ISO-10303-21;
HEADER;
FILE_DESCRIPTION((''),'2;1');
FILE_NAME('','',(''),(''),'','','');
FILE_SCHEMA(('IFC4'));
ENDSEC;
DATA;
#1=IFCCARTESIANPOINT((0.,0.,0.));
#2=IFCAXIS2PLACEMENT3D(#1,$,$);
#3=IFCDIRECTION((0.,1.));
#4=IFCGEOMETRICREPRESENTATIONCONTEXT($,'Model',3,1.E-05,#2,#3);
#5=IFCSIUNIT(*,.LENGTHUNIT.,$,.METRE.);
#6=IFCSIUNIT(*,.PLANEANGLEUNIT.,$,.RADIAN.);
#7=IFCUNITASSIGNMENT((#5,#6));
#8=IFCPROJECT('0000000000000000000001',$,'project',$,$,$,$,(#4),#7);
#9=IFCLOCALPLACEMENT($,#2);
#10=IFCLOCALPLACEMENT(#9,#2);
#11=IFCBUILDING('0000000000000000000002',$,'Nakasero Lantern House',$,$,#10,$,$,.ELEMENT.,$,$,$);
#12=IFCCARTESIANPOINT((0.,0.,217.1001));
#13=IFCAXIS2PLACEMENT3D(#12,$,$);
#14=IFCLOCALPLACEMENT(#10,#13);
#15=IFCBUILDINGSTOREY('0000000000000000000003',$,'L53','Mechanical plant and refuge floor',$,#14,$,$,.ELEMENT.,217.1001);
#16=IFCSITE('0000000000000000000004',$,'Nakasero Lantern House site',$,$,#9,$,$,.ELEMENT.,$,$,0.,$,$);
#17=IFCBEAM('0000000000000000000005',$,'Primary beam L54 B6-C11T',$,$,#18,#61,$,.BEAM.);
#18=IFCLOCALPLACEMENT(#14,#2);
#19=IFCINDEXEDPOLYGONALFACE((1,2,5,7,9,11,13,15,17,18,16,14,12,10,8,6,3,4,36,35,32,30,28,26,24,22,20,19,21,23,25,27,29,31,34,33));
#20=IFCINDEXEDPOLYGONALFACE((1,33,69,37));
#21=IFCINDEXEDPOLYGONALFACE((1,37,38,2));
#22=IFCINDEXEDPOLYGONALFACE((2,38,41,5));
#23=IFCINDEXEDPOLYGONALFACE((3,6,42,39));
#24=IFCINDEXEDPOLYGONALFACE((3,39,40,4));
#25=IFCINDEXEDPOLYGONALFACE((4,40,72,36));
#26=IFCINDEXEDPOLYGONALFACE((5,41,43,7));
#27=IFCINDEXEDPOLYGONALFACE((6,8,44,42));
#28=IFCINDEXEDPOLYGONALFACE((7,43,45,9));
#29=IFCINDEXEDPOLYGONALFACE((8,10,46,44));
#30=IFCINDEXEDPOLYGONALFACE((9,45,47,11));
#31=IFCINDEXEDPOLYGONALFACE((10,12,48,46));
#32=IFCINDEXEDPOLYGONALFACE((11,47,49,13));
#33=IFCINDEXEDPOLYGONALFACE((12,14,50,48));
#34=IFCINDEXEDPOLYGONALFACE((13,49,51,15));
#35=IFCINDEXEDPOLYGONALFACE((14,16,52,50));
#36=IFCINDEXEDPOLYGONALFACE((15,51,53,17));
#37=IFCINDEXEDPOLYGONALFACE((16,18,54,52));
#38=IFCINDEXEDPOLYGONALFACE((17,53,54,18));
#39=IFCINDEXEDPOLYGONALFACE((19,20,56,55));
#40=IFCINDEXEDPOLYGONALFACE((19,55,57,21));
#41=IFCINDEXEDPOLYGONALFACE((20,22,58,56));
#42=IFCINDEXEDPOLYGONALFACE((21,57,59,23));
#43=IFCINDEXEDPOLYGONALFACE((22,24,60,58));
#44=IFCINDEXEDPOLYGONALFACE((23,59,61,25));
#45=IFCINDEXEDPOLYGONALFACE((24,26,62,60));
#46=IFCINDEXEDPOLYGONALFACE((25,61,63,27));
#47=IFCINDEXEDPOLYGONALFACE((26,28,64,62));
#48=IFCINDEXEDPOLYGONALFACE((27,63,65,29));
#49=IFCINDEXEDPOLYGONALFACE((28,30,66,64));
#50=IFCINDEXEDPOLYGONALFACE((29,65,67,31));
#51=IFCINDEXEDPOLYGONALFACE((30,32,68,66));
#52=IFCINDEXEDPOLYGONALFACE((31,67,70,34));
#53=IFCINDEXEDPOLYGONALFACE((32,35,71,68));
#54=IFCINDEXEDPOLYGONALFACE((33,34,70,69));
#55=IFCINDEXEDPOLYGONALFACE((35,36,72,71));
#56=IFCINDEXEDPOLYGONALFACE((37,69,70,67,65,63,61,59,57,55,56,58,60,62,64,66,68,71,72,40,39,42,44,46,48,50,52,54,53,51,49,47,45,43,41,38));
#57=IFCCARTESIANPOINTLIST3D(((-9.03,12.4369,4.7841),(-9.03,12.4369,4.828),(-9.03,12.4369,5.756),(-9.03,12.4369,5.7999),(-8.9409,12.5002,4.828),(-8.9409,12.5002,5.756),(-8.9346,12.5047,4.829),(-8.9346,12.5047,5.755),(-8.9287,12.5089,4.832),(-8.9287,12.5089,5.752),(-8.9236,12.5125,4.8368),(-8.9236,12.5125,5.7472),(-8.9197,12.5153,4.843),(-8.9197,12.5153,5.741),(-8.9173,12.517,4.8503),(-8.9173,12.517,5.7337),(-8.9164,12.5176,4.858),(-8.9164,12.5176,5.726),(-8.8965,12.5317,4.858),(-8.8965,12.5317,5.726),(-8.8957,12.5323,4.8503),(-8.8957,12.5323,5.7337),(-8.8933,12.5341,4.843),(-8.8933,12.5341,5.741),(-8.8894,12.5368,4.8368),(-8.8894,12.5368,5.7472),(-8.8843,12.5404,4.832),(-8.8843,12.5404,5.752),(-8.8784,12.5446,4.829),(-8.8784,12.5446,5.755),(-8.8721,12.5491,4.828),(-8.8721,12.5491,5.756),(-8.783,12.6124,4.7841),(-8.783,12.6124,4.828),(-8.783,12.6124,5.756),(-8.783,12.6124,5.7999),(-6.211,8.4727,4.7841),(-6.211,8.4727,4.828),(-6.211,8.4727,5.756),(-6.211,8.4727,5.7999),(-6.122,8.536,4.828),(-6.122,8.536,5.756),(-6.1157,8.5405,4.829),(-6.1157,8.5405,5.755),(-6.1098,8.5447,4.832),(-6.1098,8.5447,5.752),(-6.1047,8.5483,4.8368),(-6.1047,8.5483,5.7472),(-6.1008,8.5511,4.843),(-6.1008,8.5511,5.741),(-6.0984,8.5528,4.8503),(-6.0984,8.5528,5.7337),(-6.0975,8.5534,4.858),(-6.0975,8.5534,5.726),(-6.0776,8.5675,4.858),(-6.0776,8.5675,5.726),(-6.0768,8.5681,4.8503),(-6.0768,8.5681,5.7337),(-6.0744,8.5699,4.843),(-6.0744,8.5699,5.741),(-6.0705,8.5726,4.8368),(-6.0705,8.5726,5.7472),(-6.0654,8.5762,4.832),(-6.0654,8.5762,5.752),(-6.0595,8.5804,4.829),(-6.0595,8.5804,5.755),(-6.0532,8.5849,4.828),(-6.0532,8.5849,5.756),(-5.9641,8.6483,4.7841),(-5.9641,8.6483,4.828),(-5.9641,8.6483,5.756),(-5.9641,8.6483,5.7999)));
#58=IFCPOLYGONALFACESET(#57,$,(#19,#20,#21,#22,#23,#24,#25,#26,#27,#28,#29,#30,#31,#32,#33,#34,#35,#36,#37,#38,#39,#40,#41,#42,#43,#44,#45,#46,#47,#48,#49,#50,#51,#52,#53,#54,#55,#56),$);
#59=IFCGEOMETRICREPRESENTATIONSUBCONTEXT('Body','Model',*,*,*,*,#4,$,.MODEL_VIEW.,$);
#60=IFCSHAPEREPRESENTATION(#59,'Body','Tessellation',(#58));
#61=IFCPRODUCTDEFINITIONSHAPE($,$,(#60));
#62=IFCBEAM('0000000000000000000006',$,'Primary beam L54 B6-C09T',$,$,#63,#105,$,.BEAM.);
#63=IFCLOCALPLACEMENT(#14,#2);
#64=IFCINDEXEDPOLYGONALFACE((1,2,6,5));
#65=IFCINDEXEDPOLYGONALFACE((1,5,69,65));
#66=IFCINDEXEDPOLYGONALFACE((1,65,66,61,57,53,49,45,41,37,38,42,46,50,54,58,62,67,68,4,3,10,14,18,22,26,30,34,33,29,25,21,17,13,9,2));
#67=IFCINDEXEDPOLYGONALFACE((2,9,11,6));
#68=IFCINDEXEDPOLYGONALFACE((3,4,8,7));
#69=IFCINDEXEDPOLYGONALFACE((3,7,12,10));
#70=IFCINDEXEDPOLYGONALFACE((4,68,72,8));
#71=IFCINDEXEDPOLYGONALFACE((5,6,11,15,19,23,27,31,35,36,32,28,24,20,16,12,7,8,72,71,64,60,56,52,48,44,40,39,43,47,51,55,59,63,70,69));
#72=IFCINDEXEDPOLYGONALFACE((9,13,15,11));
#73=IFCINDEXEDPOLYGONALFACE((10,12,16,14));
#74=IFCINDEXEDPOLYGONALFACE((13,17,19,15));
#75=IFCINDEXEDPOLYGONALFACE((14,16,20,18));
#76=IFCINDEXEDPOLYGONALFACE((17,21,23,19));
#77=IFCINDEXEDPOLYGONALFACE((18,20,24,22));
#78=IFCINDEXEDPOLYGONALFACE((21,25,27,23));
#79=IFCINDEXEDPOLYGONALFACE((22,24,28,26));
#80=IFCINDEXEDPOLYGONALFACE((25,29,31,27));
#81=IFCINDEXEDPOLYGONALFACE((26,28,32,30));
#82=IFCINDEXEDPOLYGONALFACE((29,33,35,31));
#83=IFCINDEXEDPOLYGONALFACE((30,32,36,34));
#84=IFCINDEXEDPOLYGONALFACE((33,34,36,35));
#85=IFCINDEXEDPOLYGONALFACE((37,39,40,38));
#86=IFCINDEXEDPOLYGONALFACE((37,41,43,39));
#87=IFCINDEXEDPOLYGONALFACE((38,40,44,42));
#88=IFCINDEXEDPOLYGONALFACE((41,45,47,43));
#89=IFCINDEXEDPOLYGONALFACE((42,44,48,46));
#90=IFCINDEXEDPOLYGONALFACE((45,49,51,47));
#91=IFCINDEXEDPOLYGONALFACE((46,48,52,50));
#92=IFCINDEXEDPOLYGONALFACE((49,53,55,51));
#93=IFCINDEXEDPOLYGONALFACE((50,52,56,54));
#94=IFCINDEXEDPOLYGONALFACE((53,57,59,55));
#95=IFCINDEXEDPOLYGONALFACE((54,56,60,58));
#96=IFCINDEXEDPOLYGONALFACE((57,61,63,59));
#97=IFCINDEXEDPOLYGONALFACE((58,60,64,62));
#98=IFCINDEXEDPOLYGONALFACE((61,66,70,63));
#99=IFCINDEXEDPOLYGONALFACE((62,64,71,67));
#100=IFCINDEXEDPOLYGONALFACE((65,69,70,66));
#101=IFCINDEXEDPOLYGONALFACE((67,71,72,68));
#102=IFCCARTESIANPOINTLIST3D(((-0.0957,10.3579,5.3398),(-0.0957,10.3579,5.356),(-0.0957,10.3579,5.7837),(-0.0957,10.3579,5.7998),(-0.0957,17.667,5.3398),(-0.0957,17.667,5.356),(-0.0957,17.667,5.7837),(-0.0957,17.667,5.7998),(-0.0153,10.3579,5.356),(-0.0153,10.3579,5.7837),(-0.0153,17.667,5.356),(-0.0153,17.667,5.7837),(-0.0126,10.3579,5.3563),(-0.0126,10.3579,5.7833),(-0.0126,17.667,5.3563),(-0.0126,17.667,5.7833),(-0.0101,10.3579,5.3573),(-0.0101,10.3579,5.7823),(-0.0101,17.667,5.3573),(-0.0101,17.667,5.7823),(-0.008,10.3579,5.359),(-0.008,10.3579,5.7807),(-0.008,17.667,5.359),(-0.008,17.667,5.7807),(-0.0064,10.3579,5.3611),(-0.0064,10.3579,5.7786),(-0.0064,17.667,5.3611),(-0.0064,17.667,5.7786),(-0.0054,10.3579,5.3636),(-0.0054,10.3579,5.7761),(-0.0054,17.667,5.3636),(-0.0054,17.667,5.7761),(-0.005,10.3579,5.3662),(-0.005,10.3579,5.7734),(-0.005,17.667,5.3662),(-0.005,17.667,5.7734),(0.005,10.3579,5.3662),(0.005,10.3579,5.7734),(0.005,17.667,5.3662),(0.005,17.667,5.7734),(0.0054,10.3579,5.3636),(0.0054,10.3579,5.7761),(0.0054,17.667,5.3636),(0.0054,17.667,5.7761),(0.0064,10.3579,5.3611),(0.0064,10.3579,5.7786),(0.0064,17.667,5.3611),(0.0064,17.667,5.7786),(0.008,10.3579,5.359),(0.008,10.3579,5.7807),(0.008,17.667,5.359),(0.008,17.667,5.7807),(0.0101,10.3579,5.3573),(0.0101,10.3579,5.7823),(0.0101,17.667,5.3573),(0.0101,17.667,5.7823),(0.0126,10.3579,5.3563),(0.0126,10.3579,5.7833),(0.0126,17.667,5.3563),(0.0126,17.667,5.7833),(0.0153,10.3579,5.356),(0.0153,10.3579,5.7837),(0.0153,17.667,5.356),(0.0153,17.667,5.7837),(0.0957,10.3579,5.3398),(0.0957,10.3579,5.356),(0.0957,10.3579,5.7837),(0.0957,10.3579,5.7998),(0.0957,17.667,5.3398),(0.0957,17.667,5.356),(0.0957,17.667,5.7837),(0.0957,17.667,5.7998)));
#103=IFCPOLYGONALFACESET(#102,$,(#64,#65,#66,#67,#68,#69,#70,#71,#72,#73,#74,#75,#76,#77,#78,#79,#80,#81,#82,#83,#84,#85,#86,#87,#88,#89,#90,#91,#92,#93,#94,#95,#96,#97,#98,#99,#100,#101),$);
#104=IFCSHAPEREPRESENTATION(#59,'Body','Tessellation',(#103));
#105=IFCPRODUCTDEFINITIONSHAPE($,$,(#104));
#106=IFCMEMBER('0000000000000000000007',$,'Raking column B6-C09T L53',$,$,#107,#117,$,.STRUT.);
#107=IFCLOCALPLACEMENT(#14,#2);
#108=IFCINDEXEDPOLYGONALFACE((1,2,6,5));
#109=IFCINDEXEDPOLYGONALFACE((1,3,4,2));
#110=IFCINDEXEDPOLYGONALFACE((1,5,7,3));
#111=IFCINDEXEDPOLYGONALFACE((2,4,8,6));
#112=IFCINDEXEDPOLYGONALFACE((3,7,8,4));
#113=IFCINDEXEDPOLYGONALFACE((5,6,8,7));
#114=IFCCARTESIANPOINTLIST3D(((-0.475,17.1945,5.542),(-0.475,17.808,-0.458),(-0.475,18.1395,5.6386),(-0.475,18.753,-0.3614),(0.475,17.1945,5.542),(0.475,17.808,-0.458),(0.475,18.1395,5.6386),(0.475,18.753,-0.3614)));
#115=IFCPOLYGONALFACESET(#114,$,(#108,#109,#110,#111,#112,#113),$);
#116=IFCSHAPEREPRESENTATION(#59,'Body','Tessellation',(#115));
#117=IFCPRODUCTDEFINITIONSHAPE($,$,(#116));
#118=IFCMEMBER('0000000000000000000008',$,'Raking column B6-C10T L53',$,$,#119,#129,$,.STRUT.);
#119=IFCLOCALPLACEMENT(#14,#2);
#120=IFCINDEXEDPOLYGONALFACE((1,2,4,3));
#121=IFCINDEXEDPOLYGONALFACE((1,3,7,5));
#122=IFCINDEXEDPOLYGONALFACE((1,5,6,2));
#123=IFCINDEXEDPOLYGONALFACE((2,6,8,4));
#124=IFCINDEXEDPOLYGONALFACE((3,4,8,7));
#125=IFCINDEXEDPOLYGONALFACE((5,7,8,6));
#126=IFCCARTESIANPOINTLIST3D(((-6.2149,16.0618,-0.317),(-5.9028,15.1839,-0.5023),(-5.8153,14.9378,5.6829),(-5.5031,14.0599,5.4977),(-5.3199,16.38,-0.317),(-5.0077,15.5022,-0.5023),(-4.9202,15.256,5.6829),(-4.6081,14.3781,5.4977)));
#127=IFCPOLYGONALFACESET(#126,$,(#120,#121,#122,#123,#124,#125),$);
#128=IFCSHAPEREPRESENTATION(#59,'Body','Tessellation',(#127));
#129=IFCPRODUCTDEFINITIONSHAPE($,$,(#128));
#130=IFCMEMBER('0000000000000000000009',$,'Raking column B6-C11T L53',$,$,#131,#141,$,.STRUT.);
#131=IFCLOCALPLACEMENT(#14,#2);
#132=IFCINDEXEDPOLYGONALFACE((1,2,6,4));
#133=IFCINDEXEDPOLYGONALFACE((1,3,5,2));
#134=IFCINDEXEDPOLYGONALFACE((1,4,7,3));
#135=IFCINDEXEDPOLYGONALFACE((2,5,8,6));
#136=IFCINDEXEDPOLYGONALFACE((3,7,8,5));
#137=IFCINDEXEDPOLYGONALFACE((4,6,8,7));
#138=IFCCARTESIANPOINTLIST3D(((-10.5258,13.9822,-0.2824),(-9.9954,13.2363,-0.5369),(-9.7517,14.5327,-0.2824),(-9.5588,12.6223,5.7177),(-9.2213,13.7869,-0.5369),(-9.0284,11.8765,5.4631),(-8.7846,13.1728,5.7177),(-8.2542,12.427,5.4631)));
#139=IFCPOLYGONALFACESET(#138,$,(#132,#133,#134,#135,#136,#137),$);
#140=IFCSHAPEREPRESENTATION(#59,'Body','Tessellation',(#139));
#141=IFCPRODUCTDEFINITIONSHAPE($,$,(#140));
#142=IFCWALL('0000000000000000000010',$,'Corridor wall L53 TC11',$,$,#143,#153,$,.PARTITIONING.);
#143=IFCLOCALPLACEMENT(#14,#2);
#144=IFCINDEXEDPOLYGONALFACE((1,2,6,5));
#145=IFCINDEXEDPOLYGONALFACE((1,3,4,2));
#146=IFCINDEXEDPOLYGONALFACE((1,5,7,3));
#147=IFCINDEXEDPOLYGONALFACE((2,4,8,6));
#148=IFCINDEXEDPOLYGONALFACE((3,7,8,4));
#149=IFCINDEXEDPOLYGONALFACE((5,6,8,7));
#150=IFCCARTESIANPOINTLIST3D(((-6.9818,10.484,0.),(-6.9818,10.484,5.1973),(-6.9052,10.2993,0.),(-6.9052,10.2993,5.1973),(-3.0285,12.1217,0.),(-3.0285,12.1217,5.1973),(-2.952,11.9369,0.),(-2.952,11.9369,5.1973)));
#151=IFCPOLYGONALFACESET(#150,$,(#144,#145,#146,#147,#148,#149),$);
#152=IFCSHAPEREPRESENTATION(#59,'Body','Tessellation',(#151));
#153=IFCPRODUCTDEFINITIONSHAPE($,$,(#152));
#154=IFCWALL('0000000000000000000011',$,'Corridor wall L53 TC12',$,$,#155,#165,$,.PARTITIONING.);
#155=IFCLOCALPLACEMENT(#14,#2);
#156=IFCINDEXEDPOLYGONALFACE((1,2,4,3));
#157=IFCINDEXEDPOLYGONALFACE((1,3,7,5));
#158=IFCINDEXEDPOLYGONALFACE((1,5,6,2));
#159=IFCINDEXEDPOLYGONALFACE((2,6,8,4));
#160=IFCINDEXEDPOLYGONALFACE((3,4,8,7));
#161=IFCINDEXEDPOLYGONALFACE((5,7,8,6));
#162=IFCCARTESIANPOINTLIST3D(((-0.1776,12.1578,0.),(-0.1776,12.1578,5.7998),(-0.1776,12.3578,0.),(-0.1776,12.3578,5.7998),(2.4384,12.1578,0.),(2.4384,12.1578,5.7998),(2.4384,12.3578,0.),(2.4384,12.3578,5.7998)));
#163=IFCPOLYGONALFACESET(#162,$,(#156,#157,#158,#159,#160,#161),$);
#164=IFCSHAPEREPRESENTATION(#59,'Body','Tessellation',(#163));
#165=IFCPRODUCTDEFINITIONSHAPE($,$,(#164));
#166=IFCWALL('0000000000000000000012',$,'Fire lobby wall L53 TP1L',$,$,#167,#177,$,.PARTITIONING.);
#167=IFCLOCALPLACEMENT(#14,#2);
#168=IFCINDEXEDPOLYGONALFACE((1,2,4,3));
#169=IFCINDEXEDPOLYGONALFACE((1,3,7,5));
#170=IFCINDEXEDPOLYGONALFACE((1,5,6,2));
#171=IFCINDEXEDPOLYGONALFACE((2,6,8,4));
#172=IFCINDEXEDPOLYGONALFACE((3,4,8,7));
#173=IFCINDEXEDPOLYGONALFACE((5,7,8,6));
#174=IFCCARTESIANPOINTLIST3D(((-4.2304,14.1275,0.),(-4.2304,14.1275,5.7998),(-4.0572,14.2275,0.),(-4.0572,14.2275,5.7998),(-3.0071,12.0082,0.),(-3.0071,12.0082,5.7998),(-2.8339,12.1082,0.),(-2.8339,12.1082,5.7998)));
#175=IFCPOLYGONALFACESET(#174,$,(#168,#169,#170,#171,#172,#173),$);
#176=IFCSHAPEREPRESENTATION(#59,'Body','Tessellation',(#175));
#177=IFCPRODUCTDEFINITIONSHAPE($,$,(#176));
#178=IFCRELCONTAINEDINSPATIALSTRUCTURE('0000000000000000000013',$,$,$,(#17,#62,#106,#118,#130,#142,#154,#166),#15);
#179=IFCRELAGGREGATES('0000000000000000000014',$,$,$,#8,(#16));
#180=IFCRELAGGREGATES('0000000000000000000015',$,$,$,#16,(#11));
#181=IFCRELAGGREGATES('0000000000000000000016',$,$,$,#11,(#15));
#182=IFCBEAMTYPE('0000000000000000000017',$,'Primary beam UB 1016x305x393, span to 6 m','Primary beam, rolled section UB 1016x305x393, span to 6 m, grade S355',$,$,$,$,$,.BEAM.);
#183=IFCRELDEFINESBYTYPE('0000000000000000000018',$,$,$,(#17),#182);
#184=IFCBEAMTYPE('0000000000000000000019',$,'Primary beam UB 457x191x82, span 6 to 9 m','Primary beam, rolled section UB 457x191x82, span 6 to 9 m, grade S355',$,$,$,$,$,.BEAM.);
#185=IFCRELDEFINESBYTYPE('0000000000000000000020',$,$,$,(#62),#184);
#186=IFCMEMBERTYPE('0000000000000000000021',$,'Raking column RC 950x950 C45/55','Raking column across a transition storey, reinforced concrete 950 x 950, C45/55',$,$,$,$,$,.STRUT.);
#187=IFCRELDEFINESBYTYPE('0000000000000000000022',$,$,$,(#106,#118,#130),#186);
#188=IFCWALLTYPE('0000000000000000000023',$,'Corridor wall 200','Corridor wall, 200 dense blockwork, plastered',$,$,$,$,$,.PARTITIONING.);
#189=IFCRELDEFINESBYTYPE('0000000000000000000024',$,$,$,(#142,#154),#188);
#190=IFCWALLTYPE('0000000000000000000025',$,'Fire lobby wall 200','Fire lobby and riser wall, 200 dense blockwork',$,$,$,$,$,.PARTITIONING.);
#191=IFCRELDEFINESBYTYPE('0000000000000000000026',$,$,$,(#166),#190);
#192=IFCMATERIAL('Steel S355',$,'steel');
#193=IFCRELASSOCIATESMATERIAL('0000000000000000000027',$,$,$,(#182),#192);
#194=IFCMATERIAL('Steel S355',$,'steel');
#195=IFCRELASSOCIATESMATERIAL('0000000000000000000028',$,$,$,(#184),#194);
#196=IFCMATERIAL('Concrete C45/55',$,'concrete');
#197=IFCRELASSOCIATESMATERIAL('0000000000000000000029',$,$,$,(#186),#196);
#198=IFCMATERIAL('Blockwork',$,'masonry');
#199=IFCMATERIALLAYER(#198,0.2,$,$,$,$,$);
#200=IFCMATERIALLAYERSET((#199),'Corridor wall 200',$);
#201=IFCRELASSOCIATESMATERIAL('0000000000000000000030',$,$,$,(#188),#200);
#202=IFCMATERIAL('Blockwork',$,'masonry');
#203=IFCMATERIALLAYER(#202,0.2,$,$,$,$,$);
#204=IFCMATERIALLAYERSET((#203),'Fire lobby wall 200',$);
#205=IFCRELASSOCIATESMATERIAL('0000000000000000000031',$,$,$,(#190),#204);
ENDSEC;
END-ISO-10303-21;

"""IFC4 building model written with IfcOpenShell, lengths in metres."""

from ifc_helpers import new_model, si_unit, direction, frame, frame_2d, origin, origin_2d, place, context, subcontext, project, spatial, rectangle, i_section, extrude, material, layer, layer_set, material_profile, profile_set, type_object, element, save


model = new_model("IFC4")

# Units and contexts
model_context = context("Model", 3, precision=1e-05, world=origin(), true_north=direction((0.0, 1.0)))
body_context = subcontext(model_context, "Body", "Model", "MODEL_VIEW")
ifc_project = project(units=[si_unit("LENGTHUNIT", "METRE"), si_unit("PLANEANGLEUNIT", "RADIAN")], contexts=[model_context])

# Site, building, storey
site_placement = place(None, origin())
site = spatial("IfcSite", under=ifc_project, at=site_placement, Name="Nakasero Lantern House site", CompositionType="ELEMENT", RefElevation=0.0)
building_placement = place(site_placement, origin())
building = spatial("IfcBuilding", under=site, at=building_placement, Name="Nakasero Lantern House", CompositionType="ELEMENT")
storey_placement = place(building_placement, frame((0.0, 0.0, 217.1001)))
storey = spatial("IfcBuildingStorey", under=building, at=storey_placement, Name="L53", Description="Mechanical plant and refuge floor", CompositionType="ELEMENT", Elevation=217.1001)

# Beams
ifc_material_1 = material(Name="Steel S355", Category="steel")
ifc_material_profile_1 = material_profile(ifc_material_1, i_section(OverallWidth=0.303, OverallDepth=1.0159, WebThickness=0.0244, FlangeThickness=0.0439, FilletRadius=0.03, at=origin_2d()), Name="UB 1016x305x393")
ifc_profile_set_1 = profile_set([ifc_material_profile_1], Name="Steel S355")
beam_type_1 = type_object("IfcBeamType", Name="Primary beam UB 1016x305x393, span to 6 m", Description="Primary beam, rolled section UB 1016x305x393, span to 6 m, grade S355", PredefinedType="BEAM", material=ifc_profile_set_1)
beam_1_placement = place(storey_placement, frame((-8.9065, 12.5247, 5.292), z_axis=(0.579513, -0.814963, 0.0), x_axis=(0.814963, 0.579513, 0.0)))
element("IfcBeam", 1, at=beam_1_placement, inside=storey, type_object=beam_type_1, Name="Primary beam L54 B6-C11T", PredefinedType="BEAM", context=body_context, shape_type="SweptSolid", body=[
    extrude(i_section(OverallWidth=0.303, OverallDepth=1.0159, WebThickness=0.0244, FlangeThickness=0.0439, FilletRadius=0.03, at=origin_2d()), origin(), (0.0, 0.0, 1.0), 4.8643),
])
ifc_material_2 = material(Name="Steel S355", Category="steel")
ifc_material_profile_2 = material_profile(ifc_material_2, i_section(OverallWidth=0.1914, OverallDepth=0.46, WebThickness=0.01, FlangeThickness=0.0161, FilletRadius=0.0103, at=origin_2d()), Name="UB 457x191x82")
ifc_profile_set_2 = profile_set([ifc_material_profile_2], Name="Steel S355")
beam_type_2 = type_object("IfcBeamType", Name="Primary beam UB 457x191x82, span 6 to 9 m", Description="Primary beam, rolled section UB 457x191x82, span 6 to 9 m, grade S355", PredefinedType="BEAM", material=ifc_profile_set_2)
beam_2_placement = place(storey_placement, frame((0.0, 17.667, 5.5698), z_axis=(0.0, -1.0, 0.0), x_axis=(1.0, 0.0, 0.0)))
element("IfcBeam", 2, at=beam_2_placement, inside=storey, type_object=beam_type_2, Name="Primary beam L54 B6-C09T", PredefinedType="BEAM", context=body_context, shape_type="SweptSolid", body=[
    extrude(i_section(OverallWidth=0.1914, OverallDepth=0.46, WebThickness=0.01, FlangeThickness=0.0161, FilletRadius=0.0103, at=origin_2d()), origin(), (0.0, 0.0, 1.0), 7.3091),
])

# Members
ifc_material_3 = material(Name="Concrete C45/55", Category="concrete")
ifc_material_profile_3 = material_profile(ifc_material_3, rectangle(XDim=0.95, YDim=0.95, at=origin_2d()), Name="RC 950x950")
ifc_profile_set_3 = profile_set([ifc_material_profile_3], Name="Concrete C45/55")
member_type_1 = type_object("IfcMemberType", Name="Raking column RC 950x950 C45/55", Description="Raking column across a transition storey, reinforced concrete 950 x 950, C45/55", PredefinedType="STRUT", material=ifc_profile_set_3)
member_1_placement = place(storey_placement, frame((0.0, 18.2805, -0.4097), z_axis=(0.0, -0.101724, 0.994813), x_axis=(1.0, 0.0, 0.0)))
element("IfcMember", 3, at=member_1_placement, inside=storey, type_object=member_type_1, Name="Raking column B6-C09T L53", PredefinedType="STRUT", context=body_context, shape_type="SweptSolid", body=[
    extrude(rectangle(XDim=0.95, YDim=0.95, at=origin_2d()), origin(), (0.0, 0.0, 1.0), 6.0312),
])
member_2_placement = place(storey_placement, frame((-5.6113, 15.782, -0.4097), z_axis=(0.065331, -0.183741, 0.980801), x_axis=(0.942213, 0.335014, 0.0)))
element("IfcMember", 4, at=member_2_placement, inside=storey, type_object=member_type_1, Name="Raking column B6-C10T L53", PredefinedType="STRUT", context=body_context, shape_type="SweptSolid", body=[
    extrude(rectangle(XDim=0.95, YDim=0.95, at=origin_2d()), origin(), (0.0, 0.0, 1.0), 6.1174),
])
member_3_placement = place(storey_placement, frame((-9.8735, 13.8845, -0.4097), z_axis=(0.15528, -0.218357, 0.963436), x_axis=(0.814948, 0.579535, 0.0)))
element("IfcMember", 5, at=member_3_placement, inside=storey, type_object=member_type_1, Name="Raking column B6-C11T L53", PredefinedType="STRUT", context=body_context, shape_type="SweptSolid", body=[
    extrude(rectangle(XDim=0.95, YDim=0.95, at=origin_2d()), origin(), (0.0, 0.0, 1.0), 6.2278),
])

# Walls
ifc_material_4 = material(Name="Blockwork", Category="masonry")
ifc_layer_1 = layer(ifc_material_4, 0.2)
ifc_layer_set_1 = layer_set([ifc_layer_1], Name="Corridor wall 200")
wall_type_1 = type_object("IfcWallType", Name="Corridor wall 200", Description="Corridor wall, 200 dense blockwork, plastered", PredefinedType="PARTITIONING", material=ifc_layer_set_1)
wall_1_placement = place(storey_placement, frame((-6.9436, 10.3916, 0.0), z_axis=(0.0, 0.0, 1.0), x_axis=(0.923867, 0.382715, 0.0)))
element("IfcWall", 6, at=wall_1_placement, inside=storey, type_object=wall_type_1, Name="Corridor wall L53 TC11", PredefinedType="PARTITIONING", context=body_context, shape_type="SweptSolid", body=[
    extrude(rectangle(XDim=4.2791, YDim=0.2, at=frame_2d((2.1396, 0.0))), origin(), (0.0, 0.0, 1.0), 5.1973),
])
wall_2_placement = place(storey_placement, frame((-0.1777, 12.2578, 0.0), z_axis=(0.0, 0.0, 1.0), x_axis=(1.0, 0.0, 0.0)))
element("IfcWall", 7, at=wall_2_placement, inside=storey, type_object=wall_type_1, Name="Corridor wall L53 TC12", PredefinedType="PARTITIONING", context=body_context, shape_type="SweptSolid", body=[
    extrude(rectangle(XDim=2.616, YDim=0.2, at=frame_2d((1.3081, 0.0))), origin(), (0.0, 0.0, 1.0), 5.7998),
])
ifc_material_5 = material(Name="Blockwork", Category="masonry")
ifc_layer_2 = layer(ifc_material_5, 0.2)
ifc_layer_set_2 = layer_set([ifc_layer_2], Name="Fire lobby wall 200")
wall_type_2 = type_object("IfcWallType", Name="Fire lobby wall 200", Description="Fire lobby and riser wall, 200 dense blockwork", PredefinedType="PARTITIONING", material=ifc_layer_set_2)
wall_3_placement = place(storey_placement, frame((-2.9204, 12.0581, 0.0), z_axis=(0.0, 0.0, 1.0), x_axis=(-0.499927, 0.866068, 0.0)))
element("IfcWall", 8, at=wall_3_placement, inside=storey, type_object=wall_type_2, Name="Fire lobby wall L53 TP1L", PredefinedType="PARTITIONING", context=body_context, shape_type="SweptSolid", body=[
    extrude(rectangle(XDim=2.447, YDim=0.2, at=frame_2d((1.2236, 0.0))), origin(), (0.0, 0.0, 1.0), 5.7998),
])

save(model, "model.ifc")
